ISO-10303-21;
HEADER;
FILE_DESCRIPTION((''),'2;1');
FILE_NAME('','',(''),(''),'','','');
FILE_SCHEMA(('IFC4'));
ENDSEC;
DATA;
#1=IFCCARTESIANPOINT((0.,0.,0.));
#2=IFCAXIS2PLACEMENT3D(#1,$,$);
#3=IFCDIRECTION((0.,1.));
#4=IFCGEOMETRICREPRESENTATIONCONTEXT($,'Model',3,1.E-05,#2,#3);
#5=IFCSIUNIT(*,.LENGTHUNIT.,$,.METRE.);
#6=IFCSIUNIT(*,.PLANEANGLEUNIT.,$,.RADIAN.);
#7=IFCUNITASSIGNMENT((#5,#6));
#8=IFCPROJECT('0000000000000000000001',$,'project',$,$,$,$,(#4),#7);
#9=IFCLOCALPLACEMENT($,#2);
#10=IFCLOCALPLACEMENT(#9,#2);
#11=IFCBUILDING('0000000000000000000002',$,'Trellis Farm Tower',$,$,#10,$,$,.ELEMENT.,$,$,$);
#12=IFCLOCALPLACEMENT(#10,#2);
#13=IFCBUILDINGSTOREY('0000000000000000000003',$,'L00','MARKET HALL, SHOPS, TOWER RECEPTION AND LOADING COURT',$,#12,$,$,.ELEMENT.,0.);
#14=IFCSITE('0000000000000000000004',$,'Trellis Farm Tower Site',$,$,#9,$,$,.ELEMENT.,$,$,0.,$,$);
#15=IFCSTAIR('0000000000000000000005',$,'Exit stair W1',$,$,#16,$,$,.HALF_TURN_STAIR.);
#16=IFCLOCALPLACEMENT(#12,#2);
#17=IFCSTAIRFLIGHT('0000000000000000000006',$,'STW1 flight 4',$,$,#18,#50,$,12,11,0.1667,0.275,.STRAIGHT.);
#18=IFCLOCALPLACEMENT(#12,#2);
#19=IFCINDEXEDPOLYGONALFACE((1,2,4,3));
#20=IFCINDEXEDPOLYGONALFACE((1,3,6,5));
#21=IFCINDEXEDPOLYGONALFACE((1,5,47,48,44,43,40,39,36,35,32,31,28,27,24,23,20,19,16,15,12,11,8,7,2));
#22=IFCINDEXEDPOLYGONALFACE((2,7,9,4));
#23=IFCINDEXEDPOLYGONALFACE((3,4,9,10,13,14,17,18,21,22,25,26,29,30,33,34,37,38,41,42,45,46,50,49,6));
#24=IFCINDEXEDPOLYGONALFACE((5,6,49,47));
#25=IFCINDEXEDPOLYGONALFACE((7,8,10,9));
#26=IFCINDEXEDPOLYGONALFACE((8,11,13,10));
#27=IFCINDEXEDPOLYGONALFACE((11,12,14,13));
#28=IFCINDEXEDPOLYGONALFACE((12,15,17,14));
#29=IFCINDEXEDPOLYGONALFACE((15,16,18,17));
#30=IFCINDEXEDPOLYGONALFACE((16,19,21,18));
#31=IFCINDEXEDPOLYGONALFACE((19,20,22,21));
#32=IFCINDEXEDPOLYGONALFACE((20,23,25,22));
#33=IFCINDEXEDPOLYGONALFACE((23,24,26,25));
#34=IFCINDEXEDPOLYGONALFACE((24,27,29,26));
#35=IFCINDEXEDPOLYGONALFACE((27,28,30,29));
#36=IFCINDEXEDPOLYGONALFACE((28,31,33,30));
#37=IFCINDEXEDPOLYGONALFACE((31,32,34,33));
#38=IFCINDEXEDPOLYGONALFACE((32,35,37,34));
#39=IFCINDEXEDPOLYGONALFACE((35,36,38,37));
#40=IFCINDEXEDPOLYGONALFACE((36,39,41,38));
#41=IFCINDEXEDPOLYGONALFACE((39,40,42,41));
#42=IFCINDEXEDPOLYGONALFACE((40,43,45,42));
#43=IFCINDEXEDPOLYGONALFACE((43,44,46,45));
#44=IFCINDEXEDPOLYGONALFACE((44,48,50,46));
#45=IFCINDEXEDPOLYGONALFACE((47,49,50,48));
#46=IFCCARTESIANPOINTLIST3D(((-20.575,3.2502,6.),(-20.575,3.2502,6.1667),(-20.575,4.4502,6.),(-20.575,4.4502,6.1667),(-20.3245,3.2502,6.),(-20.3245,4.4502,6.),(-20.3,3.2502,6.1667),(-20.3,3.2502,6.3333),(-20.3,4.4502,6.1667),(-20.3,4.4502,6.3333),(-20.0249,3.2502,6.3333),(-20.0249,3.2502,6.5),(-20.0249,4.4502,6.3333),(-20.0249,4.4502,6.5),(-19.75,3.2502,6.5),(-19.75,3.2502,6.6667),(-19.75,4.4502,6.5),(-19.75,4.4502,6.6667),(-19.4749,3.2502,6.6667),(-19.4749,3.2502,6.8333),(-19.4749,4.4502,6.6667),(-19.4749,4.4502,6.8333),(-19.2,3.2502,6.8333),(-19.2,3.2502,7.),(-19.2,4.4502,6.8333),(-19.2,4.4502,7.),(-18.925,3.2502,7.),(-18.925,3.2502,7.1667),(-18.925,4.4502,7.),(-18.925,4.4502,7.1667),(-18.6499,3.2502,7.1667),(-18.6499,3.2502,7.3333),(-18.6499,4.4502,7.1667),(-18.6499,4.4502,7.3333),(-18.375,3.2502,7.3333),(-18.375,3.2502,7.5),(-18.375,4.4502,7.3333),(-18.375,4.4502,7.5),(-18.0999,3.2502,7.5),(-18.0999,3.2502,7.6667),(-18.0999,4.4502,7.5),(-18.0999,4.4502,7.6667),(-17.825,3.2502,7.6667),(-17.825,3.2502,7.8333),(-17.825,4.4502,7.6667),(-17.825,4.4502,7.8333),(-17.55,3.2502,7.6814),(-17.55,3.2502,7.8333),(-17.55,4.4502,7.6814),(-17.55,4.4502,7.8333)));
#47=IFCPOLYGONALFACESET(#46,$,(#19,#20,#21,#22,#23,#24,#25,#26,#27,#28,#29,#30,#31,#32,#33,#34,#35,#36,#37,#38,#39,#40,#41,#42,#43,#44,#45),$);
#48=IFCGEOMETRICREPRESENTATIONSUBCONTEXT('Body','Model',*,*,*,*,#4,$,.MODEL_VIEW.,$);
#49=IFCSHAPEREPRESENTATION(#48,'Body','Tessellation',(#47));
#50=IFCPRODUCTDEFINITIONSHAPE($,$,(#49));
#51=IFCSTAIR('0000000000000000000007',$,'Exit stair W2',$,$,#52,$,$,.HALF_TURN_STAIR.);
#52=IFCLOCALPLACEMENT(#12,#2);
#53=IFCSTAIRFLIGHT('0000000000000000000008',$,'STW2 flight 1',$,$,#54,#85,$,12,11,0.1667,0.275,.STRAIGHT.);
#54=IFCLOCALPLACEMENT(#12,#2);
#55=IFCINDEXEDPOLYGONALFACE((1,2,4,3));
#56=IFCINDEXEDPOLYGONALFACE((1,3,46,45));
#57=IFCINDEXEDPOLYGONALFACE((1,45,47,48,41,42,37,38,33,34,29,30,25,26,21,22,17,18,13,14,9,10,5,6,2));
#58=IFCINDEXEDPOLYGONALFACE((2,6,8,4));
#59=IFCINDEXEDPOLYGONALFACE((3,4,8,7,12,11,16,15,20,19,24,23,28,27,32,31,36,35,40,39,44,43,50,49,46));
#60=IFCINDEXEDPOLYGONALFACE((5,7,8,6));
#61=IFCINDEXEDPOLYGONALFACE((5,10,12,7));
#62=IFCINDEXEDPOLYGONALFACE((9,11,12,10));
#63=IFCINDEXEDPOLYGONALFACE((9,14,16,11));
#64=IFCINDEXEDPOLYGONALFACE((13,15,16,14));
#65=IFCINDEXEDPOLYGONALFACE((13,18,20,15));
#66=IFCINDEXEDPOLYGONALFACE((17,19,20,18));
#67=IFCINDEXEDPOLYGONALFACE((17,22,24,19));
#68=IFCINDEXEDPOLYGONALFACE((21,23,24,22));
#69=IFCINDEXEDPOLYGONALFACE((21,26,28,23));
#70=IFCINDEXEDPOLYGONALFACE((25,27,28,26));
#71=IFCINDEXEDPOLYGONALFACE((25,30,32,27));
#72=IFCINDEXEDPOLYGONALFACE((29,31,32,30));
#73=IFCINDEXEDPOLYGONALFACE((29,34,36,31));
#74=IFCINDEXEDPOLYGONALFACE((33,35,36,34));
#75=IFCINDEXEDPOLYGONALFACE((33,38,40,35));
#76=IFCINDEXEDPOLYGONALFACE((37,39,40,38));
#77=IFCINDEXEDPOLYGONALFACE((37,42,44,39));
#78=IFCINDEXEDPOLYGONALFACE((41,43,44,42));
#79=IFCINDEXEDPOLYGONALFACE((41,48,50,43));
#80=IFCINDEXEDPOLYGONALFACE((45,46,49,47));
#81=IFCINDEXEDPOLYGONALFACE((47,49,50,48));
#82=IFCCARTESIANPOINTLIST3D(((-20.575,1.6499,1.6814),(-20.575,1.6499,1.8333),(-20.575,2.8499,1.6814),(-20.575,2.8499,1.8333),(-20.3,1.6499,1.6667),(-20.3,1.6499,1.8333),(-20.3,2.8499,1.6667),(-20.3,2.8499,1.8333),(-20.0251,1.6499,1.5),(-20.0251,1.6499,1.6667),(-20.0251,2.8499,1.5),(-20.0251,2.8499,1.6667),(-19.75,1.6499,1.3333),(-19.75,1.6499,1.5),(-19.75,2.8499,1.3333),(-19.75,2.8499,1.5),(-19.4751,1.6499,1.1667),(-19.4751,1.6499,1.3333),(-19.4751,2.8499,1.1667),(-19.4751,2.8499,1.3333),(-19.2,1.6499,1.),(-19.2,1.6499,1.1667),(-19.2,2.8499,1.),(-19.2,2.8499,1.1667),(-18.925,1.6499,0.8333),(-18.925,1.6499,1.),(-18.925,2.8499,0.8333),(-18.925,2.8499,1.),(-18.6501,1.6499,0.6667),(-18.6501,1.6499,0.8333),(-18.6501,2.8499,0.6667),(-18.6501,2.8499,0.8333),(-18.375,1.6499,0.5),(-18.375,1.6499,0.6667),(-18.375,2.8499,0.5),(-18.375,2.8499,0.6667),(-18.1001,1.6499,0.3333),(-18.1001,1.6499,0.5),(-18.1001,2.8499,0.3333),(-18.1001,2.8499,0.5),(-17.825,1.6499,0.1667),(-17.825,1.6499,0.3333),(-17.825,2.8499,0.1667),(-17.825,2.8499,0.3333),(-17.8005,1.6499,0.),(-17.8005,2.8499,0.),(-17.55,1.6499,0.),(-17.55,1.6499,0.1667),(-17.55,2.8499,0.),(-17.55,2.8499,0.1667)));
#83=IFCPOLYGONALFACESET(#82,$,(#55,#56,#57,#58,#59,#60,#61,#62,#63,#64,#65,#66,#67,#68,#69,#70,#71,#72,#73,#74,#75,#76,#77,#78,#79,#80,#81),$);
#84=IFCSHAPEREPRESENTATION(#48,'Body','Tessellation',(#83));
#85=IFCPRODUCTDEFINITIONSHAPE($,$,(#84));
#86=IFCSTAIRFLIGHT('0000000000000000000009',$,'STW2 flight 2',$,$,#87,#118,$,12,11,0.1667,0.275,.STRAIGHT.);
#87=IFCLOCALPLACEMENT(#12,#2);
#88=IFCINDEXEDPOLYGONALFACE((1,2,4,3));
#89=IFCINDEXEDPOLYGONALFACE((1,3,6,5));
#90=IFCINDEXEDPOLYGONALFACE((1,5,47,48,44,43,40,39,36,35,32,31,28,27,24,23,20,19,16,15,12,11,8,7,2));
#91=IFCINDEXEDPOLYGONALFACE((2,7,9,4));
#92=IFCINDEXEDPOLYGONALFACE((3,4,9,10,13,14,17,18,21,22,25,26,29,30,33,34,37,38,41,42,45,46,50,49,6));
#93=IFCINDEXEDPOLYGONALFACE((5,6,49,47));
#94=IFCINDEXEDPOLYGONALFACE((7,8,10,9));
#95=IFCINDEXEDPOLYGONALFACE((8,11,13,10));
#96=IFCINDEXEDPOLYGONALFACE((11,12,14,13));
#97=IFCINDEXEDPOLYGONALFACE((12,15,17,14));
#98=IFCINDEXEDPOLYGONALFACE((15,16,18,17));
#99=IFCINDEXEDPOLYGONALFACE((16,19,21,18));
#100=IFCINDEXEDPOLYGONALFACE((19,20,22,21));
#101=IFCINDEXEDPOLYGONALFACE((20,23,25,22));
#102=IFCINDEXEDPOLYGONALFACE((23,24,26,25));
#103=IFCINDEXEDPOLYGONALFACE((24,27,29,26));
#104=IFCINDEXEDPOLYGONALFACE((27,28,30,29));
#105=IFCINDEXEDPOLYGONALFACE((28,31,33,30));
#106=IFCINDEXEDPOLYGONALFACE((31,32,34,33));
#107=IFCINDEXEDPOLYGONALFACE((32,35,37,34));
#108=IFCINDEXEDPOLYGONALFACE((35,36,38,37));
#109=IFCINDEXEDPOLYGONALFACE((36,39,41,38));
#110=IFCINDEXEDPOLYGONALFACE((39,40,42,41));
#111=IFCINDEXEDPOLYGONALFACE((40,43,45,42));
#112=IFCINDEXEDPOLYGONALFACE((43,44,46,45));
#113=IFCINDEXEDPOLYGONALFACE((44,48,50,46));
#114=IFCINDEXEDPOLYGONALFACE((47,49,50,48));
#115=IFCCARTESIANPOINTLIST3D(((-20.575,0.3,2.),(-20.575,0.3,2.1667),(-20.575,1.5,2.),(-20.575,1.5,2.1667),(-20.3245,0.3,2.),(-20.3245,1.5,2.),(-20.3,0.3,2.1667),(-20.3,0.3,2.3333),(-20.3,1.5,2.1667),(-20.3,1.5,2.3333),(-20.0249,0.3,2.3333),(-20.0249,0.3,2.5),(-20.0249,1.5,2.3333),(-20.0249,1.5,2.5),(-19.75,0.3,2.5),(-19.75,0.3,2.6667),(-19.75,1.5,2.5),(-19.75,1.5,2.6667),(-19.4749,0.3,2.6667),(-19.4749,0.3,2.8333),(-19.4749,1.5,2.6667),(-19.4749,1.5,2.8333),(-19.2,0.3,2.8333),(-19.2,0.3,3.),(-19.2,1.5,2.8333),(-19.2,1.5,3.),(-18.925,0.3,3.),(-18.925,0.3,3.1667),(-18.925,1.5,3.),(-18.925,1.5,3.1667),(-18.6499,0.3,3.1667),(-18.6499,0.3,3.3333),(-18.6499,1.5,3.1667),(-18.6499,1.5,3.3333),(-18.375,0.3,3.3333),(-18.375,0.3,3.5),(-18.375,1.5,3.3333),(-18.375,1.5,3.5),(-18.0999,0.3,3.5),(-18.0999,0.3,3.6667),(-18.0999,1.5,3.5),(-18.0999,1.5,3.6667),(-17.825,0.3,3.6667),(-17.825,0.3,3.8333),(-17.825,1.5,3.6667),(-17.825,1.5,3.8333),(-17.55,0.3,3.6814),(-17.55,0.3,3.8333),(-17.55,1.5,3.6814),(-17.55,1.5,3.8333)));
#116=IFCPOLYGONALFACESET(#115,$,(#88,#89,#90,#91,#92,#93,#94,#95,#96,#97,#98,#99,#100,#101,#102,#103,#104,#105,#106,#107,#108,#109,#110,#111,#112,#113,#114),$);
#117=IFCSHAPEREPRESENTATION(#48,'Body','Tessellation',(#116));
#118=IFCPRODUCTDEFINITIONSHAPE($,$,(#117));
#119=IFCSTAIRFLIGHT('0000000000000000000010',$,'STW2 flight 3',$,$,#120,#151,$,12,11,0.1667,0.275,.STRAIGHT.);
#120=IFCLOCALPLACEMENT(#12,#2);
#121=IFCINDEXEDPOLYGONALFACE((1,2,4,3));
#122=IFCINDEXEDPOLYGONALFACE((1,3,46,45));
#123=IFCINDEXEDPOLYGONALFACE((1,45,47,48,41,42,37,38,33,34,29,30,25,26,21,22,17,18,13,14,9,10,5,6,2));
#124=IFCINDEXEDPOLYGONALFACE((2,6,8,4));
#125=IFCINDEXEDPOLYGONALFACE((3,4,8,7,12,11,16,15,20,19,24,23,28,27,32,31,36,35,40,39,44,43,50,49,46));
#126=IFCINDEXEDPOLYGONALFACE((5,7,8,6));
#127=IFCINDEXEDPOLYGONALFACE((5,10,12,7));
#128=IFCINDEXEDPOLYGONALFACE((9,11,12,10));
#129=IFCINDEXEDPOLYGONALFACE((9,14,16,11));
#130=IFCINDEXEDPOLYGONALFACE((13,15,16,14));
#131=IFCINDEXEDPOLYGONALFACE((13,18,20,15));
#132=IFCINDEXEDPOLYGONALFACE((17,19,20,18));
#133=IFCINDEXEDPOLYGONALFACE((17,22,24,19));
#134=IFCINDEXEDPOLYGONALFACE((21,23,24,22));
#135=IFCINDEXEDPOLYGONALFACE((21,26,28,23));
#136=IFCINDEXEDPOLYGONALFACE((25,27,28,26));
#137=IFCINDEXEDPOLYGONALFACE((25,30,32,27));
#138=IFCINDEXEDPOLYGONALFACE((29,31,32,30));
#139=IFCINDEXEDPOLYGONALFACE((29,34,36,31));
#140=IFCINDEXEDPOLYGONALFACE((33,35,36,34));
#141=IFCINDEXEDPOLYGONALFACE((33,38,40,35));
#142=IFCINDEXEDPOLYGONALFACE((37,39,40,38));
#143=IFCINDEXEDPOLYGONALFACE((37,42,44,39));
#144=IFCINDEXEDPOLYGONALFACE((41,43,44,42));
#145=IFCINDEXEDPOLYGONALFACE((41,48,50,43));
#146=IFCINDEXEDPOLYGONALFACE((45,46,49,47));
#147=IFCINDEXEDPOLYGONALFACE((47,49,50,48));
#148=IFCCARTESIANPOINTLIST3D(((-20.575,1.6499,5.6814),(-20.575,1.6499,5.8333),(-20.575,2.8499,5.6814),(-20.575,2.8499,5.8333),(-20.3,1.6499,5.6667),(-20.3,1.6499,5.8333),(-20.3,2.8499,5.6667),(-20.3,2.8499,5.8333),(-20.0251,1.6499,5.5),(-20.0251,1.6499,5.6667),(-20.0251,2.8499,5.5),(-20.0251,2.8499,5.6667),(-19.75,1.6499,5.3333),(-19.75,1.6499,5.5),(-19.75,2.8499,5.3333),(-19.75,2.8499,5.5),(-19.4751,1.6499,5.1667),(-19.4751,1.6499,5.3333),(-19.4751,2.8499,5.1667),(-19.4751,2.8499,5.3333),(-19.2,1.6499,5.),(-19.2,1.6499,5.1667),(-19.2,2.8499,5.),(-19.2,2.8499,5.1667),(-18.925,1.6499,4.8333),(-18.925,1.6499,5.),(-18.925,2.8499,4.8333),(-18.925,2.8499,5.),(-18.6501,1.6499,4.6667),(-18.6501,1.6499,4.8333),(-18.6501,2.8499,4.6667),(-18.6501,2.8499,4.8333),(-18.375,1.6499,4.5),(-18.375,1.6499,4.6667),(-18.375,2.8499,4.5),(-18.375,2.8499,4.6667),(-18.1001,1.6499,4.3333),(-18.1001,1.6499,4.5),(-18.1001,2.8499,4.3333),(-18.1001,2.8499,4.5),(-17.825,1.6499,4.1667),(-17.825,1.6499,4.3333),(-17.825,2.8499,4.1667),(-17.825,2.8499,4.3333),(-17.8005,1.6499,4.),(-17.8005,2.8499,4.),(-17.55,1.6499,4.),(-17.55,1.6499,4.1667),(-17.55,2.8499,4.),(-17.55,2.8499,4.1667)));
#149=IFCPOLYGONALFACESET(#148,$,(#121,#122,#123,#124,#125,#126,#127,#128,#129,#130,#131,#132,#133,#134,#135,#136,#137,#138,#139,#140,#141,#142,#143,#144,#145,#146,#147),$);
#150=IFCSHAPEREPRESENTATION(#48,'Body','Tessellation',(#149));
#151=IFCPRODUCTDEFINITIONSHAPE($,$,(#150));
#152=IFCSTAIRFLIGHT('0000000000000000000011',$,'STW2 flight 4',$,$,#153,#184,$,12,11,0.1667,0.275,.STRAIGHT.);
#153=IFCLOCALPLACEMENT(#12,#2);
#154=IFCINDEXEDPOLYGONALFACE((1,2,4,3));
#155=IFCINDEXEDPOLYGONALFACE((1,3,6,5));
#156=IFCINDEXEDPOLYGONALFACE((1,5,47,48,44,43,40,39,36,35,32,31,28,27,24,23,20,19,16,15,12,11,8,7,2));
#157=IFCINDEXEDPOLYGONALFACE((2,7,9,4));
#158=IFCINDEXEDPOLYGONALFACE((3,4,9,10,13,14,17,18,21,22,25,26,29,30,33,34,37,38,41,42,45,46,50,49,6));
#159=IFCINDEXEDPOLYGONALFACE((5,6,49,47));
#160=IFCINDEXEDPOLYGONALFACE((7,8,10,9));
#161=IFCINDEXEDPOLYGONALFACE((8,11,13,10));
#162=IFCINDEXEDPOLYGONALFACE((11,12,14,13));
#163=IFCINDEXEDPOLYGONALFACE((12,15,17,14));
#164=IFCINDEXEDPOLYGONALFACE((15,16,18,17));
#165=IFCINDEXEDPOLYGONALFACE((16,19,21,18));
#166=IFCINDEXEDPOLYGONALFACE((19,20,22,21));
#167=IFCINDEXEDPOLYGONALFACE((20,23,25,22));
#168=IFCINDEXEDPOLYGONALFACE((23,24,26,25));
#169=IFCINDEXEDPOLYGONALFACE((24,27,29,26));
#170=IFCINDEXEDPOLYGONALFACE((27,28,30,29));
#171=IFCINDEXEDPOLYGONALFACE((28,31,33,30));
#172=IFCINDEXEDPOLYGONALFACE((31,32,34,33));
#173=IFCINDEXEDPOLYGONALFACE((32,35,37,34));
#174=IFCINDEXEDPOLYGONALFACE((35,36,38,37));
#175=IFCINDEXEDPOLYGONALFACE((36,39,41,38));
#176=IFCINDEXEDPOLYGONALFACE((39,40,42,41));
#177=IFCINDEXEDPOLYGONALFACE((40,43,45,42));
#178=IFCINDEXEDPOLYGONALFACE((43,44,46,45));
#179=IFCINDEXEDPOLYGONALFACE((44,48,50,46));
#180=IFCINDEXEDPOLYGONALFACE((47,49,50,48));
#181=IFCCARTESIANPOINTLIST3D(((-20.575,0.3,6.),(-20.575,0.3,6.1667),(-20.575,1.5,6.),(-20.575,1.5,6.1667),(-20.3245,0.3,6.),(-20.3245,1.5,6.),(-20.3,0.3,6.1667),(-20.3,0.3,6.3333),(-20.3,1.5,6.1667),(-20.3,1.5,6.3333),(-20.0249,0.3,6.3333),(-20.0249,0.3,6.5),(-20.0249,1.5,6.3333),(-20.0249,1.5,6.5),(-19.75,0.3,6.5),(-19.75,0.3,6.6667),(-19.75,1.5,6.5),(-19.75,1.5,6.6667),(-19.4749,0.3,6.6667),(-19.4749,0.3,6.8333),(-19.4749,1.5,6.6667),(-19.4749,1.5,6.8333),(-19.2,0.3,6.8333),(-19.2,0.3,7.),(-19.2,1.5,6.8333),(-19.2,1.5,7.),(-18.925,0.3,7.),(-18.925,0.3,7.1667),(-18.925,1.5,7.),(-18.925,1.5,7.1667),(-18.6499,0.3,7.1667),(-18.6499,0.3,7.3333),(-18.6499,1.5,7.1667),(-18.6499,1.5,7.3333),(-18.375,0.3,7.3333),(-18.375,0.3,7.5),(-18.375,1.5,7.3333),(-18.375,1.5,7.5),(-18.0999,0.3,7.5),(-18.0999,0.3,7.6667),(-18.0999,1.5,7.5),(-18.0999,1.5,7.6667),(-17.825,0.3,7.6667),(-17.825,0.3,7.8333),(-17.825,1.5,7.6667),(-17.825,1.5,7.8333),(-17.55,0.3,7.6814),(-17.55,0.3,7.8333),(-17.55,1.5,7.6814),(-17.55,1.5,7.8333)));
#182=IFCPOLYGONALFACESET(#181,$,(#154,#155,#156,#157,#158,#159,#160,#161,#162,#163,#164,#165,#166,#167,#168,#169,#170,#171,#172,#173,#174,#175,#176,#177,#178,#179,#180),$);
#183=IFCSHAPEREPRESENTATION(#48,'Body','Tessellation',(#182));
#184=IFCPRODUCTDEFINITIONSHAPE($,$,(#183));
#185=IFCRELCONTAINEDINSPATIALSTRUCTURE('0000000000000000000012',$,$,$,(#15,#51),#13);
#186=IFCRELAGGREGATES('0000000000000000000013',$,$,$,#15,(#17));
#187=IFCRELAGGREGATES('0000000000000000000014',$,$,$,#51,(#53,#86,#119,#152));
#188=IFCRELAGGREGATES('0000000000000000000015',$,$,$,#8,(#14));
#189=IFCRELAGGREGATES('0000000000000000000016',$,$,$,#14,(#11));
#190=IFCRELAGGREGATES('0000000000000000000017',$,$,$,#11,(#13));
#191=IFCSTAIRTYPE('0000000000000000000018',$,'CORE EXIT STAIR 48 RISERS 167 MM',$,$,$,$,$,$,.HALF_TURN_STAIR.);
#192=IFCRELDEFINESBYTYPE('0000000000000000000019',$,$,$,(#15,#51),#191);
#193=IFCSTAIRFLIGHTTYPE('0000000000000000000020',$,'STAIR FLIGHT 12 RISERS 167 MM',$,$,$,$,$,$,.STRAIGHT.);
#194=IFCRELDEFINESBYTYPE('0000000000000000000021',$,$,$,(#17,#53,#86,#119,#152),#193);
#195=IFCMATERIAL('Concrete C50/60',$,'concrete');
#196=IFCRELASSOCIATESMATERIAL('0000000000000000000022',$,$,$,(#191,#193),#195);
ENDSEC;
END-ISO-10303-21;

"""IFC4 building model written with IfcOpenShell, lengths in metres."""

from ifc_helpers import new_model, si_unit, direction, frame, origin, place, context, subcontext, project, spatial, polyline, outline, extrude, source, transform, mapped, material, type_object, element, aggregate, save


model = new_model("IFC4")

# Units and contexts
model_context = context("Model", 3, precision=1e-05, world=origin(), true_north=direction((0.0, 1.0)))
body_context = subcontext(model_context, "Body", "Model", "MODEL_VIEW")
ifc_project = project(units=[si_unit("LENGTHUNIT", "METRE"), si_unit("PLANEANGLEUNIT", "RADIAN")], contexts=[model_context])

# Site, building, storey
site_placement = place(None, origin())
site = spatial("IfcSite", under=ifc_project, at=site_placement, Name="Trellis Farm Tower Site", CompositionType="ELEMENT", RefElevation=0.0)
building_placement = place(site_placement, origin())
building = spatial("IfcBuilding", under=site, at=building_placement, Name="Trellis Farm Tower", CompositionType="ELEMENT")
storey_placement = place(building_placement, origin())
storey = spatial("IfcBuildingStorey", under=building, at=storey_placement, Name="L00", Description="MARKET HALL, SHOPS, TOWER RECEPTION AND LOADING COURT", CompositionType="ELEMENT", Elevation=0.0)

# Stairs, stair flights
ifc_material_1 = material(Name="Concrete C50/60", Category="concrete")
stair_type = type_object("IfcStairType", Name="CORE EXIT STAIR 48 RISERS 167 MM", PredefinedType="HALF_TURN_STAIR", material=ifc_material_1)
placement = place(storey_placement, origin())
stair_1 = element("IfcStair", 1, at=placement, inside=storey, type_object=stair_type, Name="Exit stair W1", PredefinedType="HALF_TURN_STAIR")
stair_flight_type = type_object("IfcStairFlightType", Name="STAIR FLIGHT 12 RISERS 167 MM", PredefinedType="STRAIGHT", material=ifc_material_1)
shared_shape_1 = source(origin(), body_context, "Body", "SweptSolid", [
    extrude(outline(polyline([(0.0, 0.0), (0.0, 0.1667), (0.2749, 0.1667), (0.2749, 0.3333), (0.55, 0.3333), (0.55, 0.5), (0.825, 0.5), (0.825, 0.6667), (1.1001, 0.6667), (1.1001, 0.8333), (1.375, 0.8333), (1.375, 1.0), (1.6499, 1.0), (1.6499, 1.1667), (1.925, 1.1667), (1.925, 1.3333), (2.2, 1.3333), (2.2, 1.5), (2.4751, 1.5), (2.4751, 1.6667), (2.75, 1.6667), (2.75, 1.8333), (3.0249, 1.8333), (3.0249, 2.0), (3.0249, 1.6814), (0.2505, 0.0), (0.0, 0.0)])), frame((0.0, 0.6001, 0.0), z_axis=(0.0, -1.0, 0.0), x_axis=(1.0, 0.0, 0.0)), (0.0, 0.0, 1.0), 1.2),
])
stair_flight_1_placement = place(storey_placement, frame((-20.575, 3.8501, 6.0), z_axis=(0.0, 0.0, 1.0), x_axis=(1.0, 0.0, 0.0)))
stair_flight_1 = element("IfcStairFlight", 2, at=stair_flight_1_placement, type_object=stair_flight_type, Name="STW1 flight 4", NumberOfRisers=12, NumberOfTreads=11, PredefinedType="STRAIGHT", RiserHeight=0.1667, TreadLength=0.275, context=body_context, shape_type="MappedRepresentation", body=[
    mapped(shared_shape_1, transform((0.0, 0.0, 0.0))),
])
aggregate(stair_1, [stair_flight_1])
stair_2 = element("IfcStair", 3, at=placement, inside=storey, type_object=stair_type, Name="Exit stair W2", PredefinedType="HALF_TURN_STAIR")
stair_flight_2_placement = place(storey_placement, frame((-17.55, 2.25, 0.0), z_axis=(0.0, 0.0, 1.0), x_axis=(-1.0, 0.0, 0.0)))
stair_flight_2 = element("IfcStairFlight", 4, at=stair_flight_2_placement, type_object=stair_flight_type, Name="STW2 flight 1", NumberOfRisers=12, NumberOfTreads=11, PredefinedType="STRAIGHT", RiserHeight=0.1667, TreadLength=0.275, context=body_context, shape_type="MappedRepresentation", body=[
    mapped(shared_shape_1, transform((0.0, 0.0, 0.0))),
])
stair_flight_3_placement = place(storey_placement, frame((-20.575, 0.8999, 2.0), z_axis=(0.0, 0.0, 1.0), x_axis=(1.0, 0.0, 0.0)))
stair_flight_3 = element("IfcStairFlight", 5, at=stair_flight_3_placement, type_object=stair_flight_type, Name="STW2 flight 2", NumberOfRisers=12, NumberOfTreads=11, PredefinedType="STRAIGHT", RiserHeight=0.1667, TreadLength=0.275, context=body_context, shape_type="MappedRepresentation", body=[
    mapped(shared_shape_1, transform((0.0, 0.0, 0.0))),
])
stair_flight_4_placement = place(storey_placement, frame((-17.55, 2.25, 4.0), z_axis=(0.0, 0.0, 1.0), x_axis=(-1.0, 0.0, 0.0)))
stair_flight_4 = element("IfcStairFlight", 6, at=stair_flight_4_placement, type_object=stair_flight_type, Name="STW2 flight 3", NumberOfRisers=12, NumberOfTreads=11, PredefinedType="STRAIGHT", RiserHeight=0.1667, TreadLength=0.275, context=body_context, shape_type="MappedRepresentation", body=[
    mapped(shared_shape_1, transform((0.0, 0.0, 0.0))),
])
stair_flight_5_placement = place(storey_placement, frame((-20.575, 0.8999, 6.0), z_axis=(0.0, 0.0, 1.0), x_axis=(1.0, 0.0, 0.0)))
stair_flight_5 = element("IfcStairFlight", 7, at=stair_flight_5_placement, type_object=stair_flight_type, Name="STW2 flight 4", NumberOfRisers=12, NumberOfTreads=11, PredefinedType="STRAIGHT", RiserHeight=0.1667, TreadLength=0.275, context=body_context, shape_type="MappedRepresentation", body=[
    mapped(shared_shape_1, transform((0.0, 0.0, 0.0))),
])
aggregate(stair_2, [stair_flight_2, stair_flight_3, stair_flight_4, stair_flight_5])

save(model, "model.ifc")
